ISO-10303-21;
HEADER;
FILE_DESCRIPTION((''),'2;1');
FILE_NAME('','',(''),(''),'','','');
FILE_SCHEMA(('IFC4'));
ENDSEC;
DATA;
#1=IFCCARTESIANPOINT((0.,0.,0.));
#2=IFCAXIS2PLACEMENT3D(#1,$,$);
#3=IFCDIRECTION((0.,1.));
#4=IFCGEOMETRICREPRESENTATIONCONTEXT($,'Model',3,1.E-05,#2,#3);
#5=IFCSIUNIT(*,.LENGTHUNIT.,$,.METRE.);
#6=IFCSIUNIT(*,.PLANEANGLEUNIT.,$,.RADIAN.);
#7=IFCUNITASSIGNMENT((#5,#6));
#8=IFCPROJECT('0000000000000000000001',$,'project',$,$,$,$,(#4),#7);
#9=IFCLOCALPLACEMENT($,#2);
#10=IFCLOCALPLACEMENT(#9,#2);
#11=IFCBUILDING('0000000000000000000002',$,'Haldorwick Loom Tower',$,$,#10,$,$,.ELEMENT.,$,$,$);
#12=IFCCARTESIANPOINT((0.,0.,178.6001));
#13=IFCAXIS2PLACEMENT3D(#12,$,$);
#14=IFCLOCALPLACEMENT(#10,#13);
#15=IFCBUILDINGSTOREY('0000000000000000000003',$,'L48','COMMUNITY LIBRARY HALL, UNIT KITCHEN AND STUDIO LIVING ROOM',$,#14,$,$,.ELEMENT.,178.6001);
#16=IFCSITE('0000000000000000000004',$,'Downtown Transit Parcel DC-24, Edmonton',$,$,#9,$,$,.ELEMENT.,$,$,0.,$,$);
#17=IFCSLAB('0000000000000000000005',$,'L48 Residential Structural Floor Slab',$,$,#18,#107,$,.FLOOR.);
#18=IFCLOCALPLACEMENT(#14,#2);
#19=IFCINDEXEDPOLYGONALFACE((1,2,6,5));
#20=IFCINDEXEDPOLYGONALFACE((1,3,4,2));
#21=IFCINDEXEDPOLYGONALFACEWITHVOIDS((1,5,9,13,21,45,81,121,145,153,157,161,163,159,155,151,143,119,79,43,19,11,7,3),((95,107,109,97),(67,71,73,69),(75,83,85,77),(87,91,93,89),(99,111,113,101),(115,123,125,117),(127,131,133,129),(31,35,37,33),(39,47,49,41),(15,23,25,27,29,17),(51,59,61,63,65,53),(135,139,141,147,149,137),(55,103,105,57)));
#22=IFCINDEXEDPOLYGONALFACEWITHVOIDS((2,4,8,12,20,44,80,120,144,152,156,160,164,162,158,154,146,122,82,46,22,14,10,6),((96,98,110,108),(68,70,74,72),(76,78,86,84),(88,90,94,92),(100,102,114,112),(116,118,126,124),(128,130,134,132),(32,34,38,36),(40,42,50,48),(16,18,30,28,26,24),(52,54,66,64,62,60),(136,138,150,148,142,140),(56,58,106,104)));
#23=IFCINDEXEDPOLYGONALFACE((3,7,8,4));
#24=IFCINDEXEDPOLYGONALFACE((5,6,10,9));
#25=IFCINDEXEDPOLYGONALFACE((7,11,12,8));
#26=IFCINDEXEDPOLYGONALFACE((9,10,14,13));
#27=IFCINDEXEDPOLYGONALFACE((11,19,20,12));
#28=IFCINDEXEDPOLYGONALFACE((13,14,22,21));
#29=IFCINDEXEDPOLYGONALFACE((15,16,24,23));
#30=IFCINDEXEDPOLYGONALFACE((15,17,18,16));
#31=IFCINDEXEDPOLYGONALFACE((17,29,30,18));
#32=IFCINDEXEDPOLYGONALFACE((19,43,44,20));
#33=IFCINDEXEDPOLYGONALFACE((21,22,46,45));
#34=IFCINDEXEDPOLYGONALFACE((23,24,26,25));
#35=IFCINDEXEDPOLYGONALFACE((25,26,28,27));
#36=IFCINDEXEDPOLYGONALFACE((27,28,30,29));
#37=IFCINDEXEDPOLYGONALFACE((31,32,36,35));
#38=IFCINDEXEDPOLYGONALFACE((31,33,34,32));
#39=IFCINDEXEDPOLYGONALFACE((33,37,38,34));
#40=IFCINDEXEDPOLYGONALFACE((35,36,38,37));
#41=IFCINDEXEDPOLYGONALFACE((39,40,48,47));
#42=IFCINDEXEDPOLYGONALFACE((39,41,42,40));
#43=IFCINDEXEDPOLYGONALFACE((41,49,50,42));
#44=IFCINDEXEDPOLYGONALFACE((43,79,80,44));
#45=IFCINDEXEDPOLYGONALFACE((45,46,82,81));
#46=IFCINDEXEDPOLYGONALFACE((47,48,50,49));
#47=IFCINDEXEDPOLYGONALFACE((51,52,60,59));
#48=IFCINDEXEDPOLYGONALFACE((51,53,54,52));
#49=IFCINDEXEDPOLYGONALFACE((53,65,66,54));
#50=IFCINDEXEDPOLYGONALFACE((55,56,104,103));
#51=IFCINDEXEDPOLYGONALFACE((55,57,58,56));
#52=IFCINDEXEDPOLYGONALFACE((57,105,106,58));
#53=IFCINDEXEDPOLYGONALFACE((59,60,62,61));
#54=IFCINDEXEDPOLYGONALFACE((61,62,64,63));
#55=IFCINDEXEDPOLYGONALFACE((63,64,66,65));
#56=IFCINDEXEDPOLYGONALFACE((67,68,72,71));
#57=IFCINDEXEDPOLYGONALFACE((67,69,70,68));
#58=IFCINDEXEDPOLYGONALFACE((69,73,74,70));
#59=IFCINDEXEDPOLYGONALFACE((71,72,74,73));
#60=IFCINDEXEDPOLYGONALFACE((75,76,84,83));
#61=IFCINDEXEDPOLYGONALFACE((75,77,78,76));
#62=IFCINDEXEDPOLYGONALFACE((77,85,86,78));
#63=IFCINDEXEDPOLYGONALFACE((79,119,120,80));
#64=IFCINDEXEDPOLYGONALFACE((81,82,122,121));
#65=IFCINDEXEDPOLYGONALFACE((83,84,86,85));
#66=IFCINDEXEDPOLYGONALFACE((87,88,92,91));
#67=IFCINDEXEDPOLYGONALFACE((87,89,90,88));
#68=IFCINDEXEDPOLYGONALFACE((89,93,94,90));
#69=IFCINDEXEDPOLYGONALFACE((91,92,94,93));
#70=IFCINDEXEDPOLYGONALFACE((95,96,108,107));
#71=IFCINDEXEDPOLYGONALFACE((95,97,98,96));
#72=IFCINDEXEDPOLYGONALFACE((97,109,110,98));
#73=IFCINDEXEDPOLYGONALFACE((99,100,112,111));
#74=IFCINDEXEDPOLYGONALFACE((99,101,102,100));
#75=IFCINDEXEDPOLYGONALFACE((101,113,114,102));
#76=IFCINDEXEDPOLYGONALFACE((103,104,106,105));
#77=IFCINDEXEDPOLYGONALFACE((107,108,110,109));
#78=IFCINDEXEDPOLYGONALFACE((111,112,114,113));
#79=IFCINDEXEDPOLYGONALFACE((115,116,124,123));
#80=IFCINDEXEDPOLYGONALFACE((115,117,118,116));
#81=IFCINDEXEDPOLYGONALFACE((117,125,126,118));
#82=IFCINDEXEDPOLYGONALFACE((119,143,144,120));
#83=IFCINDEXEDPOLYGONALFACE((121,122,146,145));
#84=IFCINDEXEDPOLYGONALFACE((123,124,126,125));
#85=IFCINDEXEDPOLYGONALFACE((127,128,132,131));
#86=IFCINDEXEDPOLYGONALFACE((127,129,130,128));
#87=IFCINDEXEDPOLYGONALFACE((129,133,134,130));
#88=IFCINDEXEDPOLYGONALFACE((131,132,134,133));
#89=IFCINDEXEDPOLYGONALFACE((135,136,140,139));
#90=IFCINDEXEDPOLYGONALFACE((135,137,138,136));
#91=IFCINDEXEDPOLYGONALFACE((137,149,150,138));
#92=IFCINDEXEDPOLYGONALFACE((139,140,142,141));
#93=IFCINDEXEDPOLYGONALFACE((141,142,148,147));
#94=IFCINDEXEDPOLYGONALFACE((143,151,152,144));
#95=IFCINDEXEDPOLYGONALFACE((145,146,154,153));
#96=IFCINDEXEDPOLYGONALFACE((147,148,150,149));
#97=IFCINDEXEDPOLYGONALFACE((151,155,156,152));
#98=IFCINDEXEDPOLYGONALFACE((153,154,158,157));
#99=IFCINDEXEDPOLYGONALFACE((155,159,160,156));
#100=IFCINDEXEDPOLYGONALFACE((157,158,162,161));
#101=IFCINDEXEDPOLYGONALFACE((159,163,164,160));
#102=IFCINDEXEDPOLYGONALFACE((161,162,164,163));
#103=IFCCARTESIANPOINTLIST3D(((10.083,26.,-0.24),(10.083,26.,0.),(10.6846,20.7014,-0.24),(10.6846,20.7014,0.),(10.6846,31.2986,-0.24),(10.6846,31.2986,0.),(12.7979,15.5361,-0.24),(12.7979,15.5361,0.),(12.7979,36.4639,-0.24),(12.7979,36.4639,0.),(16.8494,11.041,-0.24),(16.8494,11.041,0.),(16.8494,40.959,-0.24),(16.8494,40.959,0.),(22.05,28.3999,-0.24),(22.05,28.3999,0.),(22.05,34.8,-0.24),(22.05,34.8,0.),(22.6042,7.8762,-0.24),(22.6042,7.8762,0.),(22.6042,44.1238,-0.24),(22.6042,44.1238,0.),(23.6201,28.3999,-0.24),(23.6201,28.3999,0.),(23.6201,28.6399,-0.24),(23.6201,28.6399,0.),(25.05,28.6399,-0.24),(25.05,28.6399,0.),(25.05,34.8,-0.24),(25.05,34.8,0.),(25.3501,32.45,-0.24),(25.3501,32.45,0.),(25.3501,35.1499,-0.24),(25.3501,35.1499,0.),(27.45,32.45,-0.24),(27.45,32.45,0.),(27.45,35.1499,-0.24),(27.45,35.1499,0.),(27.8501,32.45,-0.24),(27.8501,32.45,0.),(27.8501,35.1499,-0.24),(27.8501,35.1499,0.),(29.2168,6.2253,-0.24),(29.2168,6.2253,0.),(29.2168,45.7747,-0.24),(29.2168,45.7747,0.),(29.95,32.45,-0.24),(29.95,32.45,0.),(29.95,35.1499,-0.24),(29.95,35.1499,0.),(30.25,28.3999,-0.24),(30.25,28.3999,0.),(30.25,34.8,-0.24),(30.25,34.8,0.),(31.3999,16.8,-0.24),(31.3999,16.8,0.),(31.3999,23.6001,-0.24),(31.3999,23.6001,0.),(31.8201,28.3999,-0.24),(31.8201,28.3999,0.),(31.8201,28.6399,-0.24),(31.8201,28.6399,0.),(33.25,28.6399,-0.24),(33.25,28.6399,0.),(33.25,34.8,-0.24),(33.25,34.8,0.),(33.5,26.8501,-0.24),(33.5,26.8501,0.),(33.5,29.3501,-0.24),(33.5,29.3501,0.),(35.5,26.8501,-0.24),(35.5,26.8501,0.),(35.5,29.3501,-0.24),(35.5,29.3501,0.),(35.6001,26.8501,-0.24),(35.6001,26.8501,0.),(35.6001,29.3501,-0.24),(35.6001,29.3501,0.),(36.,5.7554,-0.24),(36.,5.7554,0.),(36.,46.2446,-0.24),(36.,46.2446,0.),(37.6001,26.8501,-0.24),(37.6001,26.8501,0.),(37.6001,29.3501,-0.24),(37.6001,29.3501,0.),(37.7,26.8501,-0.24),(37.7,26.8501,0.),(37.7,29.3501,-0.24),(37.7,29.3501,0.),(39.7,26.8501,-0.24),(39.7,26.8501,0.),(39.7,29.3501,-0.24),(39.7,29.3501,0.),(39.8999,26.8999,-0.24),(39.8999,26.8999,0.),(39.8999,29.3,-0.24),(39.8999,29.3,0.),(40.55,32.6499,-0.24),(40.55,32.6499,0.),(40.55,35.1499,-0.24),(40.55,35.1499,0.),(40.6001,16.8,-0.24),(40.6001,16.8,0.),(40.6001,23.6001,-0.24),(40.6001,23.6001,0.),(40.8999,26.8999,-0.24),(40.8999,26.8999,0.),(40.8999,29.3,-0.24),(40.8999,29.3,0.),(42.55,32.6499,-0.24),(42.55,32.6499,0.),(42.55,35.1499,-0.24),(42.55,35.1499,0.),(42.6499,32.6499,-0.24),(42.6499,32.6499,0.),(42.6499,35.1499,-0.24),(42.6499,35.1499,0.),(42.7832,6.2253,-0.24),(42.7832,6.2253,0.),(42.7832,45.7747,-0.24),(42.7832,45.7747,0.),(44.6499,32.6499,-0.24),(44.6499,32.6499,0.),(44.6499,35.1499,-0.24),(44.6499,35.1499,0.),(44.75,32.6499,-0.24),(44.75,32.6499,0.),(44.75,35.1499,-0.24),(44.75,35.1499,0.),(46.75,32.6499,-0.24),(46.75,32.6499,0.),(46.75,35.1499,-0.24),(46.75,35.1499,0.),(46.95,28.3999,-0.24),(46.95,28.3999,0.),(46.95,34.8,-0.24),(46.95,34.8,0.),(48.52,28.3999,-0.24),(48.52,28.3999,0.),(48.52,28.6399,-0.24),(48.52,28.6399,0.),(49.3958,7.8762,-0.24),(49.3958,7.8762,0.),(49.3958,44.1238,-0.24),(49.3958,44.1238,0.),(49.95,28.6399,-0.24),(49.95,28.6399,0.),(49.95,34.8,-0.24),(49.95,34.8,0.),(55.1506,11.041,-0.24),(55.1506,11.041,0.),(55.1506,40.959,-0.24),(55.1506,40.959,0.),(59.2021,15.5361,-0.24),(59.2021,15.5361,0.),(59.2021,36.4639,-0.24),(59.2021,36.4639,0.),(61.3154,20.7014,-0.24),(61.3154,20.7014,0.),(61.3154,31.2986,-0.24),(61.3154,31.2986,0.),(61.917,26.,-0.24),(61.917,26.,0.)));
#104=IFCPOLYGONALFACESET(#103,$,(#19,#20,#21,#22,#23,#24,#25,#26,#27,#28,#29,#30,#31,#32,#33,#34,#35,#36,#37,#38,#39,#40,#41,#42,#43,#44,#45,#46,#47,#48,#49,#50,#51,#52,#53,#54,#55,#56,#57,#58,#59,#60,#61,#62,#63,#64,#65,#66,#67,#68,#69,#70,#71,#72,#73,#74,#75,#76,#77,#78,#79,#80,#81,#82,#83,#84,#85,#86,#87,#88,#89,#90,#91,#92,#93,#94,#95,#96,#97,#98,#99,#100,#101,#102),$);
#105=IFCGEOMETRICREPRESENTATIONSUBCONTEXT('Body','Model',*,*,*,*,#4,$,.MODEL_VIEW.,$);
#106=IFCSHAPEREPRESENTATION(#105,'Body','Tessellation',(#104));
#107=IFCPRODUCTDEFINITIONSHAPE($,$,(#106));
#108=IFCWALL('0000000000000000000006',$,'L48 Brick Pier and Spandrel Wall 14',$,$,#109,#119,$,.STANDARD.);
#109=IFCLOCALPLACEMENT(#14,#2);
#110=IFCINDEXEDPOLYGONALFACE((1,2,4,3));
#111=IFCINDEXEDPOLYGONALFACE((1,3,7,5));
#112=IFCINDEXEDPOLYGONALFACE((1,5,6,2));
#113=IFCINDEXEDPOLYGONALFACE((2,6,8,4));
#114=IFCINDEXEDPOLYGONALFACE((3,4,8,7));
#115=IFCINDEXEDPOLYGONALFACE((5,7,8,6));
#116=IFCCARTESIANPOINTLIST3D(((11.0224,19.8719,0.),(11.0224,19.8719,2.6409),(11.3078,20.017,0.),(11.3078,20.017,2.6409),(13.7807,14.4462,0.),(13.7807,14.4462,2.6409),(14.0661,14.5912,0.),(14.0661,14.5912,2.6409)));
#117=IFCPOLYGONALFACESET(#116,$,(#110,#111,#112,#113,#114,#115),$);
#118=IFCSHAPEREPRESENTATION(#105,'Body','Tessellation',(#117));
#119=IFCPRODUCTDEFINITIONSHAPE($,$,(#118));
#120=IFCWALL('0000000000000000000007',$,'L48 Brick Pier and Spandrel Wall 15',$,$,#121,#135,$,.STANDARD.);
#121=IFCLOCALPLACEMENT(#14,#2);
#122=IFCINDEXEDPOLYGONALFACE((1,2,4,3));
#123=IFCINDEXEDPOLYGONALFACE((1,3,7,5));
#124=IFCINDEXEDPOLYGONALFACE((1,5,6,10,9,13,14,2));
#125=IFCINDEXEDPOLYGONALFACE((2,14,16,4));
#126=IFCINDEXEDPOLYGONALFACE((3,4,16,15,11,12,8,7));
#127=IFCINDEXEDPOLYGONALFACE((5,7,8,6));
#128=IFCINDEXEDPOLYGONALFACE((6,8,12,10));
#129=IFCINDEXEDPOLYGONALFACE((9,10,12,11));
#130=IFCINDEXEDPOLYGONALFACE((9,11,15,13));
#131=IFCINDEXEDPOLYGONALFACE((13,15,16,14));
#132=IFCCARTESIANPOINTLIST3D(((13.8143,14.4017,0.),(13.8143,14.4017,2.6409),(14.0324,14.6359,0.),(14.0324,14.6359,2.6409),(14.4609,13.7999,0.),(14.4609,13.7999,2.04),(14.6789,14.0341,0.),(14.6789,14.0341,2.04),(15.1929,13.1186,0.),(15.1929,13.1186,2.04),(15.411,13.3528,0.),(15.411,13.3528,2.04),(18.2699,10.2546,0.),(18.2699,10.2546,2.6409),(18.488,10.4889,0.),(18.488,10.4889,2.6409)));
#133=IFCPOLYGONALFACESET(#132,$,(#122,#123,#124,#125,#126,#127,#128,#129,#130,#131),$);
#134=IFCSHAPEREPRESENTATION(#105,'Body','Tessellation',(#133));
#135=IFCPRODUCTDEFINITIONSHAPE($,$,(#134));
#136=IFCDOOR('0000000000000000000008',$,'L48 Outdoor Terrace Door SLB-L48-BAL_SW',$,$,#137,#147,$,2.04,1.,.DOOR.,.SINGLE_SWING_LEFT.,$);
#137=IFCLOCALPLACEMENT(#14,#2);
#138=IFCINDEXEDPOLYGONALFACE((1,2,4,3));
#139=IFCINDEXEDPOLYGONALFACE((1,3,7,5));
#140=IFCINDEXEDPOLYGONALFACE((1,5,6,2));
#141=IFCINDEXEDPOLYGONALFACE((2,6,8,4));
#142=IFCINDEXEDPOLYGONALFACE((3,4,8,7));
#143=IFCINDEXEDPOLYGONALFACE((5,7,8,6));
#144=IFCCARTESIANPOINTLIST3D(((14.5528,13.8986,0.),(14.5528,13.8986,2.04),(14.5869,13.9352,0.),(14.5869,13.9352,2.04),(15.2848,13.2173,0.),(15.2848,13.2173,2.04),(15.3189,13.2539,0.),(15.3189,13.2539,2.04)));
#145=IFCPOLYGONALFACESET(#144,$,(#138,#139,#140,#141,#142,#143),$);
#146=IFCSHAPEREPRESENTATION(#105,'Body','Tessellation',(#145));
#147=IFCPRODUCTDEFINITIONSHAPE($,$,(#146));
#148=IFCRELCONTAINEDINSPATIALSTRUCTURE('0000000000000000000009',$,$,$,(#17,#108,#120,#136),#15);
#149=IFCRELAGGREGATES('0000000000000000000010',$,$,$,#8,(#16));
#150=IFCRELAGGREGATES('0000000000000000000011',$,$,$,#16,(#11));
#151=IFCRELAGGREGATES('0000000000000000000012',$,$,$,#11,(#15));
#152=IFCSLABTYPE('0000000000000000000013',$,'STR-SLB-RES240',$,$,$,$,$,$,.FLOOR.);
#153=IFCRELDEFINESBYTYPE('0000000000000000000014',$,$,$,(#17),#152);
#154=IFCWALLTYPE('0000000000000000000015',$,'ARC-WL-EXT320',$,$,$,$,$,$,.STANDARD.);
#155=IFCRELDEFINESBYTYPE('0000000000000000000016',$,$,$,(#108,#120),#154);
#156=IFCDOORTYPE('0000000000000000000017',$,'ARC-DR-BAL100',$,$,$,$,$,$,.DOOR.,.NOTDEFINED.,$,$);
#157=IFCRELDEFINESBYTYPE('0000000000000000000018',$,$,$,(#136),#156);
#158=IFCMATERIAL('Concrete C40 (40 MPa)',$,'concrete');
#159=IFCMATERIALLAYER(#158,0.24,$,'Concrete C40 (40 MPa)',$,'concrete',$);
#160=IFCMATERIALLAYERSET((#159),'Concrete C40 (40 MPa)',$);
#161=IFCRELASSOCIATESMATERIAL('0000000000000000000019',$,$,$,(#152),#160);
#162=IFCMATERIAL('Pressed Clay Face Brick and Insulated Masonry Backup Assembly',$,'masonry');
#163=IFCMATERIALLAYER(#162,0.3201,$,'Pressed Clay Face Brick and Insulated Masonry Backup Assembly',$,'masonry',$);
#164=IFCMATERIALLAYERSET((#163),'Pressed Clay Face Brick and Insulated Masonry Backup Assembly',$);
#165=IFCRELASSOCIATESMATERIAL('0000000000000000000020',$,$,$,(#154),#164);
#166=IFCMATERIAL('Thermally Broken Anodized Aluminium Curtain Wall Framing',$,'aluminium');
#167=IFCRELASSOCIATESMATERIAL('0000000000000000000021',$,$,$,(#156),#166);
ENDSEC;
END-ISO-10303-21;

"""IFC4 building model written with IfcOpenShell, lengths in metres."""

from ifc_helpers import new_model, si_unit, direction, frame, frame_2d, origin, place, context, subcontext, project, spatial, polyline, rectangle, outline, extrude, material, layer, layer_set, type_object, element, fill, save


model = new_model("IFC4")

# Units and contexts
model_context = context("Model", 3, precision=1e-05, world=origin(), true_north=direction((0.0, 1.0)))
body_context = subcontext(model_context, "Body", "Model", "MODEL_VIEW")
ifc_project = project(units=[si_unit("LENGTHUNIT", "METRE"), si_unit("PLANEANGLEUNIT", "RADIAN")], contexts=[model_context])

# Site, building, storey
site_placement = place(None, origin())
site = spatial("IfcSite", under=ifc_project, at=site_placement, Name="Downtown Transit Parcel DC-24, Edmonton", CompositionType="ELEMENT", RefElevation=0.0)
building_placement = place(site_placement, origin())
building = spatial("IfcBuilding", under=site, at=building_placement, Name="Haldorwick Loom Tower", CompositionType="ELEMENT")
storey_placement = place(building_placement, frame((0.0, 0.0, 178.6001)))
storey = spatial("IfcBuildingStorey", under=building, at=storey_placement, Name="L48", Description="COMMUNITY LIBRARY HALL, UNIT KITCHEN AND STUDIO LIVING ROOM", CompositionType="ELEMENT", Elevation=178.6001)

# Shared definitions
ifc_material_1 = material(Name="Concrete C40 (40 MPa)", Category="concrete")

# Slab
ifc_layer_1 = layer(ifc_material_1, 0.24, Name="Concrete C40 (40 MPa)", Category="concrete")
ifc_layer_set_1 = layer_set([ifc_layer_1], Name="Concrete C40 (40 MPa)")
slab_type_1 = type_object("IfcSlabType", Name="STR-SLB-RES240", PredefinedType="FLOOR", material=ifc_layer_set_1)
slab_1_placement = place(storey_placement, frame((0.0, 0.0, -0.24)))
element("IfcSlab", 1, at=slab_1_placement, inside=storey, type_object=slab_type_1, Name="L48 Residential Structural Floor Slab", PredefinedType="FLOOR", context=body_context, shape_type="SweptSolid", body=[
    extrude(outline(polyline([(55.1506, 11.041), (59.2021, 15.5361), (61.3154, 20.7014), (61.917, 26.0), (61.3154, 31.2986), (59.2021, 36.4639), (55.1506, 40.959), (49.3958, 44.1238), (42.7832, 45.7747), (36.0, 46.2446), (29.2168, 45.7747), (22.6042, 44.1238), (16.8494, 40.959), (12.7979, 36.4639), (10.6846, 31.2986), (10.083, 26.0), (10.6846, 20.7014), (12.7979, 15.5361), (16.8494, 11.041), (22.6042, 7.8762), (29.2168, 6.2253), (36.0, 5.7554), (42.7832, 6.2253), (49.3958, 7.8762), (55.1506, 11.041)]), holes=[polyline([(31.3999, 16.8), (31.3999, 23.6001), (40.6001, 23.6001), (40.6001, 16.8), (31.3999, 16.8)]), polyline([(33.5, 26.8501), (33.5, 29.3501), (35.5, 29.3501), (35.5, 26.8501), (33.5, 26.8501)]), polyline([(35.6001, 26.8501), (35.6001, 29.3501), (37.6001, 29.3501), (37.6001, 26.8501), (35.6001, 26.8501)]), polyline([(23.6201, 28.3999), (22.05, 28.3999), (22.05, 34.8), (25.05, 34.8), (25.05, 28.6399), (23.6201, 28.6399), (23.6201, 28.3999)]), polyline([(30.25, 28.3999), (30.25, 34.8), (33.25, 34.8), (33.25, 28.6399), (31.8201, 28.6399), (31.8201, 28.3999), (30.25, 28.3999)]), polyline([(25.3501, 32.45), (25.3501, 35.1499), (27.45, 35.1499), (27.45, 32.45), (25.3501, 32.45)]), polyline([(29.95, 32.45), (27.8501, 32.45), (27.8501, 35.1499), (29.95, 35.1499), (29.95, 32.45)]), polyline([(37.7, 26.8501), (37.7, 29.3501), (39.7, 29.3501), (39.7, 26.8501), (37.7, 26.8501)]), polyline([(39.8999, 26.8999), (39.8999, 29.3), (40.8999, 29.3), (40.8999, 26.8999), (39.8999, 26.8999)]), polyline([(46.95, 28.3999), (46.95, 34.8), (49.95, 34.8), (49.95, 28.6399), (48.52, 28.6399), (48.52, 28.3999), (46.95, 28.3999)]), polyline([(40.55, 32.6499), (40.55, 35.1499), (42.55, 35.1499), (42.55, 32.6499), (40.55, 32.6499)]), polyline([(42.6499, 32.6499), (42.6499, 35.1499), (44.6499, 35.1499), (44.6499, 32.6499), (42.6499, 32.6499)]), polyline([(44.75, 32.6499), (44.75, 35.1499), (46.75, 35.1499), (46.75, 32.6499), (44.75, 32.6499)])]), origin(), (0.0, 0.0, 1.0), 0.24),
])

# Wall
ifc_material_2 = material(Name="Pressed Clay Face Brick and Insulated Masonry Backup Assembly", Category="masonry")
ifc_layer_2 = layer(ifc_material_2, 0.3201, Name="Pressed Clay Face Brick and Insulated Masonry Backup Assembly", Category="masonry")
ifc_layer_set_2 = layer_set([ifc_layer_2], Name="Pressed Clay Face Brick and Insulated Masonry Backup Assembly")
wall_type_1 = type_object("IfcWallType", Name="ARC-WL-EXT320", PredefinedType="STANDARD", material=ifc_layer_set_2)
wall_1_placement = place(storey_placement, frame((11.165, 19.9446, 0.0), z_axis=(0.0, 0.0, 1.0), x_axis=(0.453172, -0.891423, 0.0)))
element("IfcWall", 2, at=wall_1_placement, inside=storey, type_object=wall_type_1, Name="L48 Brick Pier and Spandrel Wall 14", PredefinedType="STANDARD", context=body_context, shape_type="SweptSolid", body=[
    extrude(rectangle(XDim=6.0867, YDim=0.3201, at=frame_2d((3.0435, 0.0))), origin(), (0.0, 0.0, 1.0), 2.6409),
])

# Wall, opening, door
wall_2_placement = place(storey_placement, frame((13.9233, 14.5188, 0.0), z_axis=(0.0, 0.0, 1.0), x_axis=(0.732002, -0.681303, 0.0)))
wall_2 = element("IfcWall", 3, at=wall_2_placement, inside=storey, type_object=wall_type_1, Name="L48 Brick Pier and Spandrel Wall 15", PredefinedType="STANDARD", context=body_context, shape_type="SweptSolid", body=[
    extrude(rectangle(XDim=6.0869, YDim=0.3201, at=frame_2d((3.0435, 0.0))), origin(), (0.0, 0.0, 1.0), 2.6409),
])
opening_1_placement = place(wall_2_placement, frame((0.8833, 0.0, 0.0)))
opening_1 = element("IfcOpeningElement", 4, at=opening_1_placement, cuts=wall_2, PredefinedType="OPENING", context=body_context, shape_type="SweptSolid", body=[
    extrude(rectangle(XDim=1.0, YDim=2.04, at=frame_2d((0.5, 1.02))), frame((0.0, 0.1699, 0.0), z_axis=(0.0, -1.0, 0.0), x_axis=(1.0, 0.0, 0.0)), (0.0, 0.0, 1.0), 0.3401),
])
ifc_material_3 = material(Name="Thermally Broken Anodized Aluminium Curtain Wall Framing", Category="aluminium")
door_type_1 = type_object("IfcDoorType", Name="ARC-DR-BAL100", OperationType="NOTDEFINED", PredefinedType="DOOR", material=ifc_material_3)
door_1_placement = place(opening_1_placement, origin())
door_1 = element("IfcDoor", 5, at=door_1_placement, inside=storey, type_object=door_type_1, Name="L48 Outdoor Terrace Door SLB-L48-BAL_SW", OperationType="SINGLE_SWING_LEFT", OverallHeight=2.04, OverallWidth=1.0, PredefinedType="DOOR", context=body_context, shape_type="SweptSolid", body=[
    extrude(rectangle(XDim=1.0, YDim=2.04, at=frame_2d((0.5, 1.02))), frame((0.0, 0.0249, 0.0), z_axis=(0.0, -1.0, 0.0), x_axis=(1.0, 0.0, 0.0)), (0.0, 0.0, 1.0), 0.05),
])
fill(opening_1, door_1)

save(model, "model.ifc")
